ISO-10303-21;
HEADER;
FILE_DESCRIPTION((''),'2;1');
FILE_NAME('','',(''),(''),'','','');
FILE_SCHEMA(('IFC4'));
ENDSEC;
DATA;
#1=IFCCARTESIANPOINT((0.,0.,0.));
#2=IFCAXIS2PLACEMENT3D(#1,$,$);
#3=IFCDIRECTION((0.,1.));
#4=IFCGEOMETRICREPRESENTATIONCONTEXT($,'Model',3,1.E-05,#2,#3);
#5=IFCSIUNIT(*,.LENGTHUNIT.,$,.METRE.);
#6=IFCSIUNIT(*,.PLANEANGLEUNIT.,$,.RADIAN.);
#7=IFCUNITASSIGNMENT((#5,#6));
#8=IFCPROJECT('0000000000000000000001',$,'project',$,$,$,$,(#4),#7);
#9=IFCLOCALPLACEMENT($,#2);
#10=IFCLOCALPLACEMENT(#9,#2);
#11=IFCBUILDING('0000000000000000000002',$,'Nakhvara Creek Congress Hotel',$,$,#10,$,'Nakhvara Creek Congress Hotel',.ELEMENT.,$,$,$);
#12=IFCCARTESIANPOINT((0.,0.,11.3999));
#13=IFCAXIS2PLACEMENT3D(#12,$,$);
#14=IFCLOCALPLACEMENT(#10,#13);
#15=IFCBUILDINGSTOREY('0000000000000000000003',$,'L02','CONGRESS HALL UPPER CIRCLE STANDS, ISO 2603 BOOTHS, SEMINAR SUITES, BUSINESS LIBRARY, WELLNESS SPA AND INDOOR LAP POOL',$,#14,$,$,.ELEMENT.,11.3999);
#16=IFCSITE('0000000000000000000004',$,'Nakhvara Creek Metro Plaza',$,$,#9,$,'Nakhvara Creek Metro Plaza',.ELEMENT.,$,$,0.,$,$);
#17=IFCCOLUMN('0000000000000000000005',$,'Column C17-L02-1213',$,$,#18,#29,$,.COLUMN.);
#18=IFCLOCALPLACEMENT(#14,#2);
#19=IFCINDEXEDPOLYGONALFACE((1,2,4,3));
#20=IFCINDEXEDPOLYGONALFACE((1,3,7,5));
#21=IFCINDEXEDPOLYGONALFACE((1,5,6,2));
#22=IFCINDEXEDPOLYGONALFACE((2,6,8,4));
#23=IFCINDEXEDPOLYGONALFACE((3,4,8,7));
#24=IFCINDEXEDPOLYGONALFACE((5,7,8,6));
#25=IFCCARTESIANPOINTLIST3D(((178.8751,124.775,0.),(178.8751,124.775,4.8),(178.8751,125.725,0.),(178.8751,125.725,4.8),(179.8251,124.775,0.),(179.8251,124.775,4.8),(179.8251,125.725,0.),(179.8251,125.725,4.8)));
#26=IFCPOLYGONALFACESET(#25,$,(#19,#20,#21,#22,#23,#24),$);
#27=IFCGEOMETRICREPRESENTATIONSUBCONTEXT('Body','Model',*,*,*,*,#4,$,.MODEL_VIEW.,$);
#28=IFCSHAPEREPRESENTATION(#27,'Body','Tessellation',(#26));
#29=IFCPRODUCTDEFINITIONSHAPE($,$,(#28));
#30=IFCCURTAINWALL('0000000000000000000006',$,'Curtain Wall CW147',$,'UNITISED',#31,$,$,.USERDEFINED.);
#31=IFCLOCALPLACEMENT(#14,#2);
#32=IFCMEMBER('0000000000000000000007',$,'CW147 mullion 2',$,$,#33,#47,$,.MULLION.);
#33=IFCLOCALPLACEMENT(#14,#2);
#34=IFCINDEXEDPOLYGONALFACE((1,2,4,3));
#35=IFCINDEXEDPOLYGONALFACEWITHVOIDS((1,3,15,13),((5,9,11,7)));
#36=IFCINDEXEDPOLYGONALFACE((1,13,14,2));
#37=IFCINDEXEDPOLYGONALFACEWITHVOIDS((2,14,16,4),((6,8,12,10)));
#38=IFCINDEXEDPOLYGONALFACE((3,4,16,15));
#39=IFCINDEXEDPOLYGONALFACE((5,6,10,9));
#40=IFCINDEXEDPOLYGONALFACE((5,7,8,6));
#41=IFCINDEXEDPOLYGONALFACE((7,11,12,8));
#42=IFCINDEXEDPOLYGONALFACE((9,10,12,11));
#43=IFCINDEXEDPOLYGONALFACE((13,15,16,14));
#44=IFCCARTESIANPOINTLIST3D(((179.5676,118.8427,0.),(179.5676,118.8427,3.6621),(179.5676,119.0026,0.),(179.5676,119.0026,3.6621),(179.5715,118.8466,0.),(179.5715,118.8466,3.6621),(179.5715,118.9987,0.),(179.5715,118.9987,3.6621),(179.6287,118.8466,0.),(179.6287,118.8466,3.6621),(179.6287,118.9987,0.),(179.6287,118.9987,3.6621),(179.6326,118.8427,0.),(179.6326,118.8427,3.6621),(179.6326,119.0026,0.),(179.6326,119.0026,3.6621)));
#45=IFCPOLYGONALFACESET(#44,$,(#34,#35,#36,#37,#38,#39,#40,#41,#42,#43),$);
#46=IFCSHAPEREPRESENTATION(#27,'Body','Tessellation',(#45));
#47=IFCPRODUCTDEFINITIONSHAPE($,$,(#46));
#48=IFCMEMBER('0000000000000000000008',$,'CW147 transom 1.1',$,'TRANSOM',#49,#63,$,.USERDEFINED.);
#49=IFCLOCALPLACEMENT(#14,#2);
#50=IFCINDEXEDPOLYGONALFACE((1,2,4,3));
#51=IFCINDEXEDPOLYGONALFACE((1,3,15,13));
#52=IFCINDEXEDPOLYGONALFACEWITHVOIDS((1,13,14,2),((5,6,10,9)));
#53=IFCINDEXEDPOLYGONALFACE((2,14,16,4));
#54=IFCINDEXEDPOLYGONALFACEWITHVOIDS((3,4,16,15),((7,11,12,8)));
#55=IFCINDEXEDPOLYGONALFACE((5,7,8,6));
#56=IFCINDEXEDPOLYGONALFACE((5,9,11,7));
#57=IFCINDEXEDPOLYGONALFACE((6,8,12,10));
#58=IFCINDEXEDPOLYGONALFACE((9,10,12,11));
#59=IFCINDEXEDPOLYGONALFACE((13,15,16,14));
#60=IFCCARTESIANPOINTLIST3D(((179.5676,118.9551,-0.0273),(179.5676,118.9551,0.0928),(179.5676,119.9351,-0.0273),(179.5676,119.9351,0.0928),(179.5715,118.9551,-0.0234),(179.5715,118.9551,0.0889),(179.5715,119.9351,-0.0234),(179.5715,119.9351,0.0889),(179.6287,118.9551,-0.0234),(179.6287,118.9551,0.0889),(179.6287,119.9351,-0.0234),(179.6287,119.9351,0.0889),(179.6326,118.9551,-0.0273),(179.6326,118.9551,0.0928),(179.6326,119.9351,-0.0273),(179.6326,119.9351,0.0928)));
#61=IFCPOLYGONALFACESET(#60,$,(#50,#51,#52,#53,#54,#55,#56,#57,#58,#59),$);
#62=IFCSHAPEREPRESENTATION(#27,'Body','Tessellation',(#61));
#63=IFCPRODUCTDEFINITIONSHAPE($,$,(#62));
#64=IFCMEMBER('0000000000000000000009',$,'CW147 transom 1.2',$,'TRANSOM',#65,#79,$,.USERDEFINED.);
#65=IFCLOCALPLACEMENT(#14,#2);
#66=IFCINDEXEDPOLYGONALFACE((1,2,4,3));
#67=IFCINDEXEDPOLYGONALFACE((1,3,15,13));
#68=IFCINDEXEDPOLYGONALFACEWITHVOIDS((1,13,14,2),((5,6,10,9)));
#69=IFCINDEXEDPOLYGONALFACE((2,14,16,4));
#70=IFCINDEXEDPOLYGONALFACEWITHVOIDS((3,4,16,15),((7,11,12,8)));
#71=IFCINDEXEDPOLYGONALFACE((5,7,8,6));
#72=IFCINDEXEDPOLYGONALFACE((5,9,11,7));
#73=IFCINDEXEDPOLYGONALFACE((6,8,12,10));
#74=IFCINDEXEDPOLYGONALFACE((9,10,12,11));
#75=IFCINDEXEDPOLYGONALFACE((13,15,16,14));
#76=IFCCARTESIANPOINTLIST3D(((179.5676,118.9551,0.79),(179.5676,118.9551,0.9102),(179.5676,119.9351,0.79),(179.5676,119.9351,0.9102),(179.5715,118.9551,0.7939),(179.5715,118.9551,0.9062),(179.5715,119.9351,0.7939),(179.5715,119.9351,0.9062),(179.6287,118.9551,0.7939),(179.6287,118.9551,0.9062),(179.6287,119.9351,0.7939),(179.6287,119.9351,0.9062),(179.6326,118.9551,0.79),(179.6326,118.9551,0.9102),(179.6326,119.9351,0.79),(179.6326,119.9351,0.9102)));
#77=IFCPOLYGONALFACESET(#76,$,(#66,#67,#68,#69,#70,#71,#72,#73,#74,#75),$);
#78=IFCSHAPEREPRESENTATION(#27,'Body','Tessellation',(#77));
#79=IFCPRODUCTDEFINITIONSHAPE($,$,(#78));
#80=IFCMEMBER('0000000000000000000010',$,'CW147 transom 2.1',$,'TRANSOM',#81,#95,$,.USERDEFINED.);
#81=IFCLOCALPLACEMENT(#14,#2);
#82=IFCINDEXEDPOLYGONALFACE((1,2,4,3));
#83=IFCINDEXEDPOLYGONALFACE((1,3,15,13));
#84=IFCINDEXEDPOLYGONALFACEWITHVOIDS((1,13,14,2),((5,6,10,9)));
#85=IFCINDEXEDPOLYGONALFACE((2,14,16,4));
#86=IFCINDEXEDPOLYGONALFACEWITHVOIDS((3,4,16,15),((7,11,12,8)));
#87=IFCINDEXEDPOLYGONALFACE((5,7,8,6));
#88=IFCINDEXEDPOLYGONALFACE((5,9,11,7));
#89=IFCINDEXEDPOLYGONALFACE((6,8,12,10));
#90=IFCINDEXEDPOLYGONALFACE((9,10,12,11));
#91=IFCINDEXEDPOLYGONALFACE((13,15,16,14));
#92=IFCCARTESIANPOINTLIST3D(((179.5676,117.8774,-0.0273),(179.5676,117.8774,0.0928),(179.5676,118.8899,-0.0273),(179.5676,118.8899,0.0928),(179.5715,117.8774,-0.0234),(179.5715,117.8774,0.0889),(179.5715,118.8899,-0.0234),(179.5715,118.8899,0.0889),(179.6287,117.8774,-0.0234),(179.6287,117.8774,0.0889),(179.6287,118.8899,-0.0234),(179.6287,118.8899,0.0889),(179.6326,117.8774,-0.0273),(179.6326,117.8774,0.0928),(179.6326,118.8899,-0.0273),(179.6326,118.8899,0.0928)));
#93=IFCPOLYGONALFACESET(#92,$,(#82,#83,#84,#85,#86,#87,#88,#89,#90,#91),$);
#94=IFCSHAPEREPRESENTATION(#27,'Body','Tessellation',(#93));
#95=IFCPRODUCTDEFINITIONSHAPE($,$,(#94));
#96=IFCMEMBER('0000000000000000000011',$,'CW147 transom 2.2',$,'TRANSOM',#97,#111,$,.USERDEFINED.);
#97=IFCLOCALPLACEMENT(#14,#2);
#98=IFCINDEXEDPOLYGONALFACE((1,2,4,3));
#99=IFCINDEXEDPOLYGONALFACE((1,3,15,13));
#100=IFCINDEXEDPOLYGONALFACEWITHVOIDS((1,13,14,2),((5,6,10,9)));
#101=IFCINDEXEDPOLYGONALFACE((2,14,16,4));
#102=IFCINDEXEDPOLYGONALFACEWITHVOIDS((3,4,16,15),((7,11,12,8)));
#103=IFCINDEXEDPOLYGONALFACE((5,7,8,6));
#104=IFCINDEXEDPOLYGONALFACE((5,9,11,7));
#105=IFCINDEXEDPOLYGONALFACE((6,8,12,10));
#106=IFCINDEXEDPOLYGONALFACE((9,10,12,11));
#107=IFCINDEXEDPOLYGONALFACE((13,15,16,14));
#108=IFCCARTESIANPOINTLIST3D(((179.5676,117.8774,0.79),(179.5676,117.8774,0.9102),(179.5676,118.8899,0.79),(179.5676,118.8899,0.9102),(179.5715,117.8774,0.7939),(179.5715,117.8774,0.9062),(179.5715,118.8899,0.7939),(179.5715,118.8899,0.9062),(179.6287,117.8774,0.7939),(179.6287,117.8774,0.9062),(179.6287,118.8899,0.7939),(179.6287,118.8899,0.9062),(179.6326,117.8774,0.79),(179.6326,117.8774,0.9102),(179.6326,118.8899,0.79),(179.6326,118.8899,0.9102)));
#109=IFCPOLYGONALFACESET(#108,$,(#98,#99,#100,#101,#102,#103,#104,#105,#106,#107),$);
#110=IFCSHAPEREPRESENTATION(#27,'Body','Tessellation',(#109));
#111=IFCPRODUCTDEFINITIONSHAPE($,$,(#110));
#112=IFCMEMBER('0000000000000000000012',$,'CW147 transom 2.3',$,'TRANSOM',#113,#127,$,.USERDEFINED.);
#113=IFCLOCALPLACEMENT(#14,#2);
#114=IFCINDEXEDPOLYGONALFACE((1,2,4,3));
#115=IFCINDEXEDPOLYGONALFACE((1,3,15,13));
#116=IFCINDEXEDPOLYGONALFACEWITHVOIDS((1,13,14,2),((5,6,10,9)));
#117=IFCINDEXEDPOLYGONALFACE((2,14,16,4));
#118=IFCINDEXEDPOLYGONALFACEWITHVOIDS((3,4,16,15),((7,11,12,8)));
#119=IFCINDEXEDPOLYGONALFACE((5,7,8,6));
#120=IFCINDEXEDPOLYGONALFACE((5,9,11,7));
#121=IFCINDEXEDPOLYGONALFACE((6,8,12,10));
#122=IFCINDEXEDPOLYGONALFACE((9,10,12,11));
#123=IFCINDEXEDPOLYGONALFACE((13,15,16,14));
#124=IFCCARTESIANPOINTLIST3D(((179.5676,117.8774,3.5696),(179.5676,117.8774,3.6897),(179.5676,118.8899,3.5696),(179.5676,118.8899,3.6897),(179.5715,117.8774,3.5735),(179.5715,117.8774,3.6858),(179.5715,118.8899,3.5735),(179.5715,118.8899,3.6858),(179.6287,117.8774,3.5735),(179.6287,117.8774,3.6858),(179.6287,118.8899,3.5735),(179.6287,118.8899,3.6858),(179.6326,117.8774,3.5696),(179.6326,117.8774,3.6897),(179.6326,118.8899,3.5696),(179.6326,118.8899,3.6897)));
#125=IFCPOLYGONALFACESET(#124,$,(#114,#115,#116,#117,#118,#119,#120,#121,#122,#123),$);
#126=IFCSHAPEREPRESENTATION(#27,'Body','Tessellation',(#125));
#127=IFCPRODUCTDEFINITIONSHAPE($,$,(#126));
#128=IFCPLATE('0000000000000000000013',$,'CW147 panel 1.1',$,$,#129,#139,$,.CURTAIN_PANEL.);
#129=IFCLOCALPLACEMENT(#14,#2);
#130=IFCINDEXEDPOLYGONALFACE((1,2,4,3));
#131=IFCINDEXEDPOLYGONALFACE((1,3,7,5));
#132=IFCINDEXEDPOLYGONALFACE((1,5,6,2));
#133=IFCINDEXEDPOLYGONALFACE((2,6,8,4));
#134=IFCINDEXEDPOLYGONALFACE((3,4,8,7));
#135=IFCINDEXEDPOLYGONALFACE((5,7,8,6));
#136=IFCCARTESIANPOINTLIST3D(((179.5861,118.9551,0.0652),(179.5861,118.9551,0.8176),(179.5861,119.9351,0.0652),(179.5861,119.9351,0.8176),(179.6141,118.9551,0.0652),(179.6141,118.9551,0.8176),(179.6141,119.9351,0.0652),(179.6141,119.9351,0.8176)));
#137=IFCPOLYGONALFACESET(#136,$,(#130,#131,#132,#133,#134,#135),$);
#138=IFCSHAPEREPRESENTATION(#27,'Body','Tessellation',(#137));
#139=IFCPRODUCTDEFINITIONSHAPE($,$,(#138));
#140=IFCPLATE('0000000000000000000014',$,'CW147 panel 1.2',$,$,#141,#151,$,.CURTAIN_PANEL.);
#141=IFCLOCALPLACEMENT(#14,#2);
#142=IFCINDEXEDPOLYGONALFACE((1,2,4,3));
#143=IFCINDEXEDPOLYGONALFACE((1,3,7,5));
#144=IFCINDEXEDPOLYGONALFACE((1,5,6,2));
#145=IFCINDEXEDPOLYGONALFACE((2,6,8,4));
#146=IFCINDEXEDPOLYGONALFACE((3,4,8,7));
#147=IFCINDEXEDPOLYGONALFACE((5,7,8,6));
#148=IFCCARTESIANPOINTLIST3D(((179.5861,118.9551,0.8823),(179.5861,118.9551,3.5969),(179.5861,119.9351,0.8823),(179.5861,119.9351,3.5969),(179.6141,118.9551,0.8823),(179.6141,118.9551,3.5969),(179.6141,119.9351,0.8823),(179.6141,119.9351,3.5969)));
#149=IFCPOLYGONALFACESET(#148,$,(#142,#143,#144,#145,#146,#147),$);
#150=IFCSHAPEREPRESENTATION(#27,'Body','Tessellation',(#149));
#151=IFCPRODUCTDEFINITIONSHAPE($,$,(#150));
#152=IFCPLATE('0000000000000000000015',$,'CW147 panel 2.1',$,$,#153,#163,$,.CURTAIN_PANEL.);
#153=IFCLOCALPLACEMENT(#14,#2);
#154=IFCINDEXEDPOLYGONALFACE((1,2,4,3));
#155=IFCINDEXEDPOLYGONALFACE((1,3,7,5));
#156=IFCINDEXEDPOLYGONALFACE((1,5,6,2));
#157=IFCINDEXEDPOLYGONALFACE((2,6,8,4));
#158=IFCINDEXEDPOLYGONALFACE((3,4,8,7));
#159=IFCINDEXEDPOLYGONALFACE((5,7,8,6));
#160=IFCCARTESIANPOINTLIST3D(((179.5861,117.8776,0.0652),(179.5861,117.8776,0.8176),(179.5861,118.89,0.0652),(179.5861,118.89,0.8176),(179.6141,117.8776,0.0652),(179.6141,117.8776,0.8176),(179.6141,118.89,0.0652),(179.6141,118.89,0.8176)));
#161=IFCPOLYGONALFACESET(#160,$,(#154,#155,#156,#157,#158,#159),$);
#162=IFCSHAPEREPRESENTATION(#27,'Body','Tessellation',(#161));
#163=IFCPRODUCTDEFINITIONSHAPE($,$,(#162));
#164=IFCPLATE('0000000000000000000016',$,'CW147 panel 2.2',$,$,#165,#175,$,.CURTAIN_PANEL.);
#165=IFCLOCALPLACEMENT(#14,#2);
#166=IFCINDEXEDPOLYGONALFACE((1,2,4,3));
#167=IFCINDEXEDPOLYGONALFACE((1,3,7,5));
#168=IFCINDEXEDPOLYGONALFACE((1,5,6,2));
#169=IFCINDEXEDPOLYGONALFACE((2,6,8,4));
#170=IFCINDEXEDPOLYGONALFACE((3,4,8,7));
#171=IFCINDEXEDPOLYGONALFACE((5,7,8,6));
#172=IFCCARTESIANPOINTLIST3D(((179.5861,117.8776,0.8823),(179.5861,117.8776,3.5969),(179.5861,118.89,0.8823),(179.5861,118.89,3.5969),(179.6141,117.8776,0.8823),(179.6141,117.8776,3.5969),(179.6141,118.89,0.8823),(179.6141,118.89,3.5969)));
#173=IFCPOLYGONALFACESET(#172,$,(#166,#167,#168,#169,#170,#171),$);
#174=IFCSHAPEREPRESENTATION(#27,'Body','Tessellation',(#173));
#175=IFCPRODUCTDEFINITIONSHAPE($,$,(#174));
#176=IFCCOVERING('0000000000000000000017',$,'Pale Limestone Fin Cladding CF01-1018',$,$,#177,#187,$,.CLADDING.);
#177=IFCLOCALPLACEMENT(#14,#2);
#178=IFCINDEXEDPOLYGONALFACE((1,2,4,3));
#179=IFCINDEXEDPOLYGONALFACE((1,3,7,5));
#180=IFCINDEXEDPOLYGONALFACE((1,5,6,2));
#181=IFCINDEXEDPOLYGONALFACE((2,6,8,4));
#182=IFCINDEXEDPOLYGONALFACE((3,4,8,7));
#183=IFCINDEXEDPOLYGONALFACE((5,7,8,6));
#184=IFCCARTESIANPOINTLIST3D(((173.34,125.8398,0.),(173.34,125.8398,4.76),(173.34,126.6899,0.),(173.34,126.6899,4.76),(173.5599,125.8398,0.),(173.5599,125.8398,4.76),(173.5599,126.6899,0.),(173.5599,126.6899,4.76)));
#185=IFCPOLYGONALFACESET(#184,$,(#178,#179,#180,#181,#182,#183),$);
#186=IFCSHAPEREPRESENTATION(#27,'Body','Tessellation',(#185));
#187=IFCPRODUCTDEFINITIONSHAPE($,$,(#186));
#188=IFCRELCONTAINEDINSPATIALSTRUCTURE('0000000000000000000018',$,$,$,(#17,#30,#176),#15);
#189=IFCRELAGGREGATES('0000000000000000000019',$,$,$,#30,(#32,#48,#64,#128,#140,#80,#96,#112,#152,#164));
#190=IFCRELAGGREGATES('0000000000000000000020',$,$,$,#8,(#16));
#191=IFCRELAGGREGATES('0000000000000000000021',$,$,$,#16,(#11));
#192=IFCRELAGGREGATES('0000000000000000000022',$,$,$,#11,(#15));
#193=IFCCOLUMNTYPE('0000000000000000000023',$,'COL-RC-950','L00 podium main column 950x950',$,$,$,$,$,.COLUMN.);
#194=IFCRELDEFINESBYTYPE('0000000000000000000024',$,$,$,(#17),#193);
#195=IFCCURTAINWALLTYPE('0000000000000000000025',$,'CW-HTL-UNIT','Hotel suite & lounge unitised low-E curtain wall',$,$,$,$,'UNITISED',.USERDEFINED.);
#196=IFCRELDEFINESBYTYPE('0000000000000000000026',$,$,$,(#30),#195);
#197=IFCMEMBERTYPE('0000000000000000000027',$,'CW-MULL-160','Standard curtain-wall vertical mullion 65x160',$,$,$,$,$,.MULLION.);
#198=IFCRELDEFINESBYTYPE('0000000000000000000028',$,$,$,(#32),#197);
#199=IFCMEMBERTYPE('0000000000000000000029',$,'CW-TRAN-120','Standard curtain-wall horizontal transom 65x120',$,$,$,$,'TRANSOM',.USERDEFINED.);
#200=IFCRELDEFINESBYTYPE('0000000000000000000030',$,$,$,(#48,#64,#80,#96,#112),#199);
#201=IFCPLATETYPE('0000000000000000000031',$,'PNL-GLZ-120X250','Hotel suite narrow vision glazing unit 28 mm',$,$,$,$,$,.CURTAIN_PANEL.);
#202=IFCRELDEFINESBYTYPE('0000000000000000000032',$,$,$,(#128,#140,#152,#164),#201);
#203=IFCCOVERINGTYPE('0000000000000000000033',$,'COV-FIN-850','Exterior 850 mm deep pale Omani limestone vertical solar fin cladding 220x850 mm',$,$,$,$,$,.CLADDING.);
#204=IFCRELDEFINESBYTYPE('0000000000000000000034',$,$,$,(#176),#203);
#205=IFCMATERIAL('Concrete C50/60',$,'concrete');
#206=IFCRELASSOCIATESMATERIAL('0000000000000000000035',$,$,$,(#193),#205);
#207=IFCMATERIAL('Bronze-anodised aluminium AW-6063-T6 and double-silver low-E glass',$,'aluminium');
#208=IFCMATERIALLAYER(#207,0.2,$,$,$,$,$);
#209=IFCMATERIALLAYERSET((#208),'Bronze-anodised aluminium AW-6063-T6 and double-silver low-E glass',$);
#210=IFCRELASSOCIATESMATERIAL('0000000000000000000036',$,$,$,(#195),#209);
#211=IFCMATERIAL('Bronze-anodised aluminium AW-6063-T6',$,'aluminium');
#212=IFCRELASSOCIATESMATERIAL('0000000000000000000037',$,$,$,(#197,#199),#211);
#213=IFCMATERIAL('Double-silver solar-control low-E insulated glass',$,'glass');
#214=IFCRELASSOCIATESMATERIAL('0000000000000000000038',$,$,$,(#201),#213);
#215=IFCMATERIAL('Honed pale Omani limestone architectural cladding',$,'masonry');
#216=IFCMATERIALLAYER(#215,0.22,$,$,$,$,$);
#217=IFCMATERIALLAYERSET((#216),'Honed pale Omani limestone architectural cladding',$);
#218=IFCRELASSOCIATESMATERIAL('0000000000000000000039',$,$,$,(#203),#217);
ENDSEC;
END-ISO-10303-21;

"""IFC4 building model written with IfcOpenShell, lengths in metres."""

from ifc_helpers import new_model, si_unit, direction, frame, origin, origin_2d, place, context, subcontext, project, spatial, rectangle, hollow_rectangle, extrude, material, layer, layer_set, material_profile, profile_set, type_object, element, aggregate, save


model = new_model("IFC4")

# Units and contexts
model_context = context("Model", 3, precision=1e-05, world=origin(), true_north=direction((0.0, 1.0)))
body_context = subcontext(model_context, "Body", "Model", "MODEL_VIEW")
ifc_project = project(units=[si_unit("LENGTHUNIT", "METRE"), si_unit("PLANEANGLEUNIT", "RADIAN")], contexts=[model_context])

# Site, building, storey
site_placement = place(None, origin())
site = spatial("IfcSite", under=ifc_project, at=site_placement, Name="Nakhvara Creek Metro Plaza", LongName="Nakhvara Creek Metro Plaza", CompositionType="ELEMENT", RefElevation=0.0)
building_placement = place(site_placement, origin())
building = spatial("IfcBuilding", under=site, at=building_placement, Name="Nakhvara Creek Congress Hotel", LongName="Nakhvara Creek Congress Hotel", CompositionType="ELEMENT")
storey_placement = place(building_placement, frame((0.0, 0.0, 11.3999)))
storey = spatial("IfcBuildingStorey", under=building, at=storey_placement, Name="L02", Description="CONGRESS HALL UPPER CIRCLE STANDS, ISO 2603 BOOTHS, SEMINAR SUITES, BUSINESS LIBRARY, WELLNESS SPA AND INDOOR LAP POOL", CompositionType="ELEMENT", Elevation=11.3999)

# Column
ifc_material_1 = material(Name="Concrete C50/60", Category="concrete")
ifc_material_profile_1 = material_profile(ifc_material_1, rectangle(XDim=0.95, YDim=0.95, at=origin_2d()), Name="RC-COL 950x950", Category="LoadBearing")
ifc_profile_set_1 = profile_set([ifc_material_profile_1], Name="Concrete C50/60")
column_type = type_object("IfcColumnType", Name="COL-RC-950", Description="L00 podium main column 950x950", PredefinedType="COLUMN", material=ifc_profile_set_1)
column_placement = place(storey_placement, frame((179.3501, 125.25, 0.0), z_axis=(0.0, 0.0, 1.0), x_axis=(1.0, 0.0, 0.0)))
element("IfcColumn", 1, at=column_placement, inside=storey, type_object=column_type, Name="Column C17-L02-1213", PredefinedType="COLUMN", context=body_context, shape_type="SweptSolid", body=[
    extrude(rectangle(XDim=0.95, YDim=0.95, at=origin_2d()), origin(), (0.0, 0.0, 1.0), 4.8),
])

# Curtain wall, members, plates
ifc_material_2 = material(Name="Bronze-anodised aluminium AW-6063-T6 and double-silver low-E glass", Category="aluminium")
ifc_layer_1 = layer(ifc_material_2, 0.2)
ifc_layer_set_1 = layer_set([ifc_layer_1], Name="Bronze-anodised aluminium AW-6063-T6 and double-silver low-E glass")
curtain_wall_type = type_object("IfcCurtainWallType", Name="CW-HTL-UNIT", Description="Hotel suite & lounge unitised low-E curtain wall", ElementType="UNITISED", PredefinedType="USERDEFINED", material=ifc_layer_set_1)
curtain_wall_placement = place(storey_placement, origin())
curtain_wall = element("IfcCurtainWall", 2, at=curtain_wall_placement, inside=storey, type_object=curtain_wall_type, Name="Curtain Wall CW147", ObjectType="UNITISED", PredefinedType="USERDEFINED")
ifc_material_3 = material(Name="Bronze-anodised aluminium AW-6063-T6", Category="aluminium")
ifc_material_profile_2 = material_profile(ifc_material_3, hollow_rectangle(XDim=0.0649, YDim=0.1599, WallThickness=0.0039, at=origin_2d()), Name="ALU-MULL 65x160x4", Category="LoadBearing")
ifc_profile_set_2 = profile_set([ifc_material_profile_2], Name="Bronze-anodised aluminium AW-6063-T6")
member_type_1 = type_object("IfcMemberType", Name="CW-MULL-160", Description="Standard curtain-wall vertical mullion 65x160", PredefinedType="MULLION", material=ifc_profile_set_2)
member_1_placement = place(storey_placement, frame((179.6001, 118.9226, 0.0), z_axis=(0.0, 0.0, 1.0), x_axis=(1.0, 0.0, 0.0)))
member_1 = element("IfcMember", 3, at=member_1_placement, type_object=member_type_1, Name="CW147 mullion 2", PredefinedType="MULLION", context=body_context, shape_type="SweptSolid", body=[
    extrude(hollow_rectangle(XDim=0.0649, YDim=0.1599, WallThickness=0.0039, at=origin_2d()), origin(), (0.0, 0.0, 1.0), 3.6621),
])
ifc_material_profile_3 = material_profile(ifc_material_3, hollow_rectangle(XDim=0.0649, YDim=0.1201, WallThickness=0.0039, at=origin_2d()), Name="ALU-TRAN 65x120x4", Category="LoadBearing")
ifc_profile_set_3 = profile_set([ifc_material_profile_3], Name="Bronze-anodised aluminium AW-6063-T6")
member_type_2 = type_object("IfcMemberType", Name="CW-TRAN-120", Description="Standard curtain-wall horizontal transom 65x120", ElementType="TRANSOM", PredefinedType="USERDEFINED", material=ifc_profile_set_3)
member_2_placement = place(storey_placement, frame((179.6001, 119.9351, 0.0327), z_axis=(0.0, -1.0, 0.0), x_axis=(1.0, 0.0, 0.0)))
member_2 = element("IfcMember", 4, at=member_2_placement, type_object=member_type_2, Name="CW147 transom 1.1", ObjectType="TRANSOM", PredefinedType="USERDEFINED", context=body_context, shape_type="SweptSolid", body=[
    extrude(hollow_rectangle(XDim=0.0649, YDim=0.1201, WallThickness=0.0039, at=origin_2d()), origin(), (0.0, 0.0, 1.0), 0.98),
])
member_3_placement = place(storey_placement, frame((179.6001, 119.9351, 0.8501), z_axis=(0.0, -1.0, 0.0), x_axis=(1.0, 0.0, 0.0)))
member_3 = element("IfcMember", 5, at=member_3_placement, type_object=member_type_2, Name="CW147 transom 1.2", ObjectType="TRANSOM", PredefinedType="USERDEFINED", context=body_context, shape_type="SweptSolid", body=[
    extrude(hollow_rectangle(XDim=0.0649, YDim=0.1201, WallThickness=0.0039, at=origin_2d()), origin(), (0.0, 0.0, 1.0), 0.98),
])
member_4_placement = place(storey_placement, frame((179.6001, 118.8899, 0.0327), z_axis=(0.0, -1.0, 0.0), x_axis=(1.0, 0.0, 0.0)))
member_4 = element("IfcMember", 6, at=member_4_placement, type_object=member_type_2, Name="CW147 transom 2.1", ObjectType="TRANSOM", PredefinedType="USERDEFINED", context=body_context, shape_type="SweptSolid", body=[
    extrude(hollow_rectangle(XDim=0.0649, YDim=0.1201, WallThickness=0.0039, at=origin_2d()), origin(), (0.0, 0.0, 1.0), 1.0125),
])
member_5_placement = place(storey_placement, frame((179.6001, 118.8899, 0.8501), z_axis=(0.0, -1.0, 0.0), x_axis=(1.0, 0.0, 0.0)))
member_5 = element("IfcMember", 7, at=member_5_placement, type_object=member_type_2, Name="CW147 transom 2.2", ObjectType="TRANSOM", PredefinedType="USERDEFINED", context=body_context, shape_type="SweptSolid", body=[
    extrude(hollow_rectangle(XDim=0.0649, YDim=0.1201, WallThickness=0.0039, at=origin_2d()), origin(), (0.0, 0.0, 1.0), 1.0125),
])
member_6_placement = place(storey_placement, frame((179.6001, 118.8899, 3.6296), z_axis=(0.0, -1.0, 0.0), x_axis=(1.0, 0.0, 0.0)))
member_6 = element("IfcMember", 8, at=member_6_placement, type_object=member_type_2, Name="CW147 transom 2.3", ObjectType="TRANSOM", PredefinedType="USERDEFINED", context=body_context, shape_type="SweptSolid", body=[
    extrude(hollow_rectangle(XDim=0.0649, YDim=0.1201, WallThickness=0.0039, at=origin_2d()), origin(), (0.0, 0.0, 1.0), 1.0125),
])
ifc_material_4 = material(Name="Double-silver solar-control low-E insulated glass", Category="glass")
plate_type = type_object("IfcPlateType", Name="PNL-GLZ-120X250", Description="Hotel suite narrow vision glazing unit 28 mm", PredefinedType="CURTAIN_PANEL", material=ifc_material_4)
plate_1_placement = place(storey_placement, frame((179.6001, 119.4451, 0.0652), z_axis=(0.0, 0.0, 1.0), x_axis=(0.0, -1.0, 0.0)))
plate_1 = element("IfcPlate", 9, at=plate_1_placement, type_object=plate_type, Name="CW147 panel 1.1", PredefinedType="CURTAIN_PANEL", context=body_context, shape_type="SweptSolid", body=[
    extrude(rectangle(XDim=0.98, YDim=0.0281, at=origin_2d()), origin(), (0.0, 0.0, 1.0), 0.7524),
])
plate_2_placement = place(storey_placement, frame((179.6001, 119.4451, 0.8823), z_axis=(0.0, 0.0, 1.0), x_axis=(0.0, -1.0, 0.0)))
plate_2 = element("IfcPlate", 10, at=plate_2_placement, type_object=plate_type, Name="CW147 panel 1.2", PredefinedType="CURTAIN_PANEL", context=body_context, shape_type="SweptSolid", body=[
    extrude(rectangle(XDim=0.98, YDim=0.0281, at=origin_2d()), origin(), (0.0, 0.0, 1.0), 2.7146),
])
plate_3_placement = place(storey_placement, frame((179.6001, 118.3838, 0.0652), z_axis=(0.0, 0.0, 1.0), x_axis=(0.0, -1.0, 0.0)))
plate_3 = element("IfcPlate", 11, at=plate_3_placement, type_object=plate_type, Name="CW147 panel 2.1", PredefinedType="CURTAIN_PANEL", context=body_context, shape_type="SweptSolid", body=[
    extrude(rectangle(XDim=1.0125, YDim=0.0281, at=origin_2d()), origin(), (0.0, 0.0, 1.0), 0.7524),
])
plate_4_placement = place(storey_placement, frame((179.6001, 118.3838, 0.8823), z_axis=(0.0, 0.0, 1.0), x_axis=(0.0, -1.0, 0.0)))
plate_4 = element("IfcPlate", 12, at=plate_4_placement, type_object=plate_type, Name="CW147 panel 2.2", PredefinedType="CURTAIN_PANEL", context=body_context, shape_type="SweptSolid", body=[
    extrude(rectangle(XDim=1.0125, YDim=0.0281, at=origin_2d()), origin(), (0.0, 0.0, 1.0), 2.7146),
])
aggregate(curtain_wall, [member_1, member_2, member_3, plate_1, plate_2, member_4, member_5, member_6, plate_3, plate_4])

# Covering
ifc_material_5 = material(Name="Honed pale Omani limestone architectural cladding", Category="masonry")
ifc_layer_2 = layer(ifc_material_5, 0.22)
ifc_layer_set_2 = layer_set([ifc_layer_2], Name="Honed pale Omani limestone architectural cladding")
covering_type = type_object("IfcCoveringType", Name="COV-FIN-850", Description="Exterior 850 mm deep pale Omani limestone vertical solar fin cladding 220x850 mm", PredefinedType="CLADDING", material=ifc_layer_set_2)
for number, where, z_axis, x_axis, name in (
    (13, (173.45, 126.2649, 0.0), (0.0, 0.0, 1.0), (1.0, 0.0, 0.0), "Pale Limestone Fin Cladding CF01-1018"),
):
    element("IfcCovering", number, at=place(storey_placement, frame(where, z_axis=z_axis, x_axis=x_axis)), inside=storey, type_object=covering_type, Name=name, PredefinedType="CLADDING", context=body_context, shape_type="SweptSolid", body=[
        extrude(rectangle(XDim=0.22, YDim=0.8501, at=origin_2d()), origin(), (0.0, 0.0, 1.0), 4.76),
    ])

save(model, "model.ifc")
